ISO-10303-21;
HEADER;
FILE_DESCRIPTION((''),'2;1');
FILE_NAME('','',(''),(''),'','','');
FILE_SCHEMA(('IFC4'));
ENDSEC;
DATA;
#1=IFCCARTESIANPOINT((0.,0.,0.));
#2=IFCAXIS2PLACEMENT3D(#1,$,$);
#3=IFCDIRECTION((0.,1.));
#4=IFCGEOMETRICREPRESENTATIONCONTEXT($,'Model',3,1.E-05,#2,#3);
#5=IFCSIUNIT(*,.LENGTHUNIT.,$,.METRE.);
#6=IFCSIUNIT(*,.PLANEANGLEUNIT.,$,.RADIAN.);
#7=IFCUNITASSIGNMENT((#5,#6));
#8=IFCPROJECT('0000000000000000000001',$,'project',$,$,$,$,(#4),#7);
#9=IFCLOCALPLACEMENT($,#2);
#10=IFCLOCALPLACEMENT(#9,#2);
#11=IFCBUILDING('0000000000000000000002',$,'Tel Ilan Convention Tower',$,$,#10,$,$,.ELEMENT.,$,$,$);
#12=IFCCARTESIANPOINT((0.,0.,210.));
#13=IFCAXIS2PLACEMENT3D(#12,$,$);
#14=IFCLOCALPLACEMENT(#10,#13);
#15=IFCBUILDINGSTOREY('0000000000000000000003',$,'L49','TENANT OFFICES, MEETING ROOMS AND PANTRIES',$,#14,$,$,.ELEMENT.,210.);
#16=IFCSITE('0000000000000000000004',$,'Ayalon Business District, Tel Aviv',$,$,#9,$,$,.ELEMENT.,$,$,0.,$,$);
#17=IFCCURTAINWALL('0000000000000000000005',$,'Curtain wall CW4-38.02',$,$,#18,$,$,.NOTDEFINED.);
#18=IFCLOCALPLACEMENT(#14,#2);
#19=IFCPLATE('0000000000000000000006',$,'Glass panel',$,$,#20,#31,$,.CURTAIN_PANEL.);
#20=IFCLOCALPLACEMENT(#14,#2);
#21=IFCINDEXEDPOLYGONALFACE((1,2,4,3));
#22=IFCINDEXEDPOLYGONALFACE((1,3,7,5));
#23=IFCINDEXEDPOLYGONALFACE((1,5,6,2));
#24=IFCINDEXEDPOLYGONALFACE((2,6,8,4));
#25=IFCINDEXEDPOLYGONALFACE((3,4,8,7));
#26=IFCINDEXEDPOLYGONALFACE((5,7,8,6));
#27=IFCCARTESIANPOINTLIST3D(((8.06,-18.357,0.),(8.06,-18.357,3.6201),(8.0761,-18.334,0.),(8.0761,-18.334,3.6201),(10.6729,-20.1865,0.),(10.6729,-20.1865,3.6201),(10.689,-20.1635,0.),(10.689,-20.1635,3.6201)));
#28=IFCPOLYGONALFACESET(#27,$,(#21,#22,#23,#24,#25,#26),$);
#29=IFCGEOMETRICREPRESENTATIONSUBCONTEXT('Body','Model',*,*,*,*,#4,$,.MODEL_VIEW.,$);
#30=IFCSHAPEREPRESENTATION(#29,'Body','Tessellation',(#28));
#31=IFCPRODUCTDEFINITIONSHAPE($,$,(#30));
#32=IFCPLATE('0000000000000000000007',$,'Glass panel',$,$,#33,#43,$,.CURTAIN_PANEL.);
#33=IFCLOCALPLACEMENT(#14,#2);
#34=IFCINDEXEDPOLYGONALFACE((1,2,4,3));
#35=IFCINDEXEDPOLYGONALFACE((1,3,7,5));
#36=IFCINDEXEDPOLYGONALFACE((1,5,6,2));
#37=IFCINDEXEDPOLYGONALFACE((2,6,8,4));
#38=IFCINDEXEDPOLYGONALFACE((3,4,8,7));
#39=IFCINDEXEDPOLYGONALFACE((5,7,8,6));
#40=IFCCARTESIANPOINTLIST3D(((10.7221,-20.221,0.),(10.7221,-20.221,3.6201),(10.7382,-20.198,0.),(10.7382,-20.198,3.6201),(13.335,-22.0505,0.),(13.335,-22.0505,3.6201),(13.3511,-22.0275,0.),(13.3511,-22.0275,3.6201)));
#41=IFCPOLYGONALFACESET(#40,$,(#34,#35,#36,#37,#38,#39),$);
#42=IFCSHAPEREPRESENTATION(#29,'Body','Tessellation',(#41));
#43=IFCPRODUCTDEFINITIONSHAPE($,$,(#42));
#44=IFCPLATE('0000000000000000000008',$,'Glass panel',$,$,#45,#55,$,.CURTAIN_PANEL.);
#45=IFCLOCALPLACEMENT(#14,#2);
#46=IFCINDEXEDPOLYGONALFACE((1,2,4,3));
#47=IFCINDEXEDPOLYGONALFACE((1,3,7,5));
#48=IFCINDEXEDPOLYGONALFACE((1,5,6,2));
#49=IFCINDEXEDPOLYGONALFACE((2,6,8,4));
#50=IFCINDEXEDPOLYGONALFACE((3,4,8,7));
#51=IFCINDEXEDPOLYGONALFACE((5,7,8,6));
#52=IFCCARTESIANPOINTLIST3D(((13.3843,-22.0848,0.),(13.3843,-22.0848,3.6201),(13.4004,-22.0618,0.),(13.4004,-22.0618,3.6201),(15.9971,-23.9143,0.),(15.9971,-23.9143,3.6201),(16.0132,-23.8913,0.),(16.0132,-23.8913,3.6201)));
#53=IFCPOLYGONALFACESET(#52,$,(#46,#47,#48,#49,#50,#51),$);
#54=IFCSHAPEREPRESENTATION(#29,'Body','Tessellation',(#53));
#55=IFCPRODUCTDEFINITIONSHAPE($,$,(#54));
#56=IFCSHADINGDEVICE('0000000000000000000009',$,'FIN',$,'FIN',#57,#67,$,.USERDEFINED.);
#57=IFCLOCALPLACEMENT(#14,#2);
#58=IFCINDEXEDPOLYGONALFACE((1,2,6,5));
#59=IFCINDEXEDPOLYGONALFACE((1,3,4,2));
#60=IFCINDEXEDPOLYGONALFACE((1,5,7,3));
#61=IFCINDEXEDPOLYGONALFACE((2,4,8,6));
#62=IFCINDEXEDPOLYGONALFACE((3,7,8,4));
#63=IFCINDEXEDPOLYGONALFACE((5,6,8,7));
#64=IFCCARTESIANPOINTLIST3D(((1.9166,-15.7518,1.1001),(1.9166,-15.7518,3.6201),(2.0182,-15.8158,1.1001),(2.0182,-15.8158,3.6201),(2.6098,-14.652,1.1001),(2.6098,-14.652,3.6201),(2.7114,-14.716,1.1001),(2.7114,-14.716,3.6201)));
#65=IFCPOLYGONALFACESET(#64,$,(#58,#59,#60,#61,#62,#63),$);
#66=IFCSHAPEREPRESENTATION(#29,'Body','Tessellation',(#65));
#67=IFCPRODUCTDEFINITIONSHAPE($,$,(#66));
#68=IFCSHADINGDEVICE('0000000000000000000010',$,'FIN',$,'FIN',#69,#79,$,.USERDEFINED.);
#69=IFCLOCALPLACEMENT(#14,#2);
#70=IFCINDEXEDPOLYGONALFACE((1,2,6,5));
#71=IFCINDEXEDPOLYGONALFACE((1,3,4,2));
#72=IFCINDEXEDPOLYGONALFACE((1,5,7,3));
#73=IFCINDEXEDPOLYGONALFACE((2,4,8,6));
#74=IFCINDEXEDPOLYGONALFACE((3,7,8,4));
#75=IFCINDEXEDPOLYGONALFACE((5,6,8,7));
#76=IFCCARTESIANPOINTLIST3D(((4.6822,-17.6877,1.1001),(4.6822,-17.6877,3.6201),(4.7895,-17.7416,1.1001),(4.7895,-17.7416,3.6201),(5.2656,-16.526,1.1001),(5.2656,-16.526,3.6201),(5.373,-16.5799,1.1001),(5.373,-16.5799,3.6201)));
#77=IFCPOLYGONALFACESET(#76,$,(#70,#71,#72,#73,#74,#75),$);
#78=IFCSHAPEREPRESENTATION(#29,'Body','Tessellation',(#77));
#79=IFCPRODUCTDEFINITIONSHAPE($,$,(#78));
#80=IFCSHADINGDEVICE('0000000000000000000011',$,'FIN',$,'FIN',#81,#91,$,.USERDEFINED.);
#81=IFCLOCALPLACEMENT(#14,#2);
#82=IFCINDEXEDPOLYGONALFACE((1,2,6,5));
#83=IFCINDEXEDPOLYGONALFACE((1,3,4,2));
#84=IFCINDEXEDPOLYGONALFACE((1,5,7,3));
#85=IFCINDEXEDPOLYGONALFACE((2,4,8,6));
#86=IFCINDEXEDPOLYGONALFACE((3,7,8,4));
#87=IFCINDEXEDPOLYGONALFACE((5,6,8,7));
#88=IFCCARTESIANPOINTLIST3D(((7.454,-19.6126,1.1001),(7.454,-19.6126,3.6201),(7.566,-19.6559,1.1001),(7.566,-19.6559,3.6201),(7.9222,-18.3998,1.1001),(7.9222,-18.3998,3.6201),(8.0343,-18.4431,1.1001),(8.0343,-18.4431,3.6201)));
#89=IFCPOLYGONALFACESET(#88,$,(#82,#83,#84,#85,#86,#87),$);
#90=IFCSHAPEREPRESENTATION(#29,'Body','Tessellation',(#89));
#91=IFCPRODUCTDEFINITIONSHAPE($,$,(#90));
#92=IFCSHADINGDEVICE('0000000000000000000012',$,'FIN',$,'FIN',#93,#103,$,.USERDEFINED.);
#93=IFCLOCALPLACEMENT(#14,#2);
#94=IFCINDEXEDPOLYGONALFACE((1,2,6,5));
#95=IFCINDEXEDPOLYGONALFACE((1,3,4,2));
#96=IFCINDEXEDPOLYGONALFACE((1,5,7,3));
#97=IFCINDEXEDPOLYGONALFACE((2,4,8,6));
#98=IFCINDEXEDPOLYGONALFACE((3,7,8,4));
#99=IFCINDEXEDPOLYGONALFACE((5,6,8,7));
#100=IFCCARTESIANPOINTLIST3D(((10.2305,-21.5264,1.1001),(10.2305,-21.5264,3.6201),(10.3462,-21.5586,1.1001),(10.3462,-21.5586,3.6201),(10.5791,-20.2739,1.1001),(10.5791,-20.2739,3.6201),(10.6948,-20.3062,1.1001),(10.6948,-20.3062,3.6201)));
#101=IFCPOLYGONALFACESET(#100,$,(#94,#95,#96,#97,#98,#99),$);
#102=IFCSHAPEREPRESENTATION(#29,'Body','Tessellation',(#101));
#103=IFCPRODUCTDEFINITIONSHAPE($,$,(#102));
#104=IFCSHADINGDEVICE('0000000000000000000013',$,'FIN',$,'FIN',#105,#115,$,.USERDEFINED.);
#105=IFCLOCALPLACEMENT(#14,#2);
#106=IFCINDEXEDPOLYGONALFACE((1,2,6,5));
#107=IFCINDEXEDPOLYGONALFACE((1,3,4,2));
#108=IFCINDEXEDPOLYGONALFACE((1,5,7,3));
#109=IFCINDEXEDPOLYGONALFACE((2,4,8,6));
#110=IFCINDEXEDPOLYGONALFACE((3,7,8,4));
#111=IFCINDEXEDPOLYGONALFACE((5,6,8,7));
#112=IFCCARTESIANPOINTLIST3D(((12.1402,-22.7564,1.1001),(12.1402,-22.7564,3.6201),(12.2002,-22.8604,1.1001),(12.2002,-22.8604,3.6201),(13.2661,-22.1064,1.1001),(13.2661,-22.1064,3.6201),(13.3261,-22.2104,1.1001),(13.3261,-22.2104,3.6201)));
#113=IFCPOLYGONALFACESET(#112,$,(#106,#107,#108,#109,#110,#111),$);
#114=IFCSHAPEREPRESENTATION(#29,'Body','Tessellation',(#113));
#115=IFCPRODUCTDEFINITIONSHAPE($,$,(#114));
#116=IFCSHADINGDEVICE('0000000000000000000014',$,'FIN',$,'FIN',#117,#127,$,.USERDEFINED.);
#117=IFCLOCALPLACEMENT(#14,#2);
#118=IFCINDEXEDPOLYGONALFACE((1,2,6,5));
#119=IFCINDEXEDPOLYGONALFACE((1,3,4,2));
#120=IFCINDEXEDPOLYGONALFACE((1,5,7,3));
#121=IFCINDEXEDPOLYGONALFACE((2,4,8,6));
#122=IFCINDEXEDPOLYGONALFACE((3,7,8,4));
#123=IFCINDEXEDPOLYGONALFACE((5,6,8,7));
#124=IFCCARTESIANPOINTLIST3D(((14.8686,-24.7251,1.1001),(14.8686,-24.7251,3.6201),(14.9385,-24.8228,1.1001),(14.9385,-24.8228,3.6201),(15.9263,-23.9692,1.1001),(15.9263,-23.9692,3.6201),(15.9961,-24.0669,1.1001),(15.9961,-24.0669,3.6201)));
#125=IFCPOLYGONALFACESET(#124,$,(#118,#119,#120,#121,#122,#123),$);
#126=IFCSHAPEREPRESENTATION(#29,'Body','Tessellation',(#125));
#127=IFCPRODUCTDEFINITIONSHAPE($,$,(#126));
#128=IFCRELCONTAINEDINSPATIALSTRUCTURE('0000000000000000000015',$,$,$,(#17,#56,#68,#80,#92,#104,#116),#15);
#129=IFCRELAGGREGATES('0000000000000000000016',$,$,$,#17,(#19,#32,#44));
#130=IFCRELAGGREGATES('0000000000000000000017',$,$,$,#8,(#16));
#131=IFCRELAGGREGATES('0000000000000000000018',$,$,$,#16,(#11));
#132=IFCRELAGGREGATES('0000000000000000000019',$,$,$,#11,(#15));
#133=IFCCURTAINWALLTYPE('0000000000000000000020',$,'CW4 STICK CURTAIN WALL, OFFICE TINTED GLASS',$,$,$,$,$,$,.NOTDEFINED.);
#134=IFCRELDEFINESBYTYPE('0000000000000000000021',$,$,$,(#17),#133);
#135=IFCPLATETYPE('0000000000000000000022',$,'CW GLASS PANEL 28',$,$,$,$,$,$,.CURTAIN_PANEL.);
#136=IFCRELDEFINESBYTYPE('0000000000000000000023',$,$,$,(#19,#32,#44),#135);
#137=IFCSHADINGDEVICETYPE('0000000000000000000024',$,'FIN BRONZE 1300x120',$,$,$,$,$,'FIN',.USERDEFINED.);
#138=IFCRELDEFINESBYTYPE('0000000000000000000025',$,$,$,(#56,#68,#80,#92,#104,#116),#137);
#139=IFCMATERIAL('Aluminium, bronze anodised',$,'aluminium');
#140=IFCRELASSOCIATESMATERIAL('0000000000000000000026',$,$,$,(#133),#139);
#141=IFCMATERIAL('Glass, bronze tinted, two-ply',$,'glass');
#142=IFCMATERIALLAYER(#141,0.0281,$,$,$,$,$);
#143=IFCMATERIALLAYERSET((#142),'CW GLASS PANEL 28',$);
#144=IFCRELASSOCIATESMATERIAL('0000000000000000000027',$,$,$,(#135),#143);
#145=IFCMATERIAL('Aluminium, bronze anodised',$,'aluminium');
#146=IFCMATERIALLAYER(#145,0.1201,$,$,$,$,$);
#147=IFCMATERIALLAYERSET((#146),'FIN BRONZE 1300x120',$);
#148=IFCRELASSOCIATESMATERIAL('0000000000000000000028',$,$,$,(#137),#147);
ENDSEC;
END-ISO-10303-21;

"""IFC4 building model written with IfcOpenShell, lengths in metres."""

from ifc_helpers import new_model, si_unit, direction, frame, origin, origin_2d, place, context, subcontext, project, spatial, rectangle, extrude, material, layer, layer_set, type_object, element, aggregate, save


model = new_model("IFC4")

# Units and contexts
model_context = context("Model", 3, precision=1e-05, world=origin(), true_north=direction((0.0, 1.0)))
body_context = subcontext(model_context, "Body", "Model", "MODEL_VIEW")
ifc_project = project(units=[si_unit("LENGTHUNIT", "METRE"), si_unit("PLANEANGLEUNIT", "RADIAN")], contexts=[model_context])

# Site, building, storey
site_placement = place(None, origin())
site = spatial("IfcSite", under=ifc_project, at=site_placement, Name="Ayalon Business District, Tel Aviv", CompositionType="ELEMENT", RefElevation=0.0)
building_placement = place(site_placement, origin())
building = spatial("IfcBuilding", under=site, at=building_placement, Name="Tel Ilan Convention Tower", CompositionType="ELEMENT")
storey_placement = place(building_placement, frame((0.0, 0.0, 210.0)))
storey = spatial("IfcBuildingStorey", under=building, at=storey_placement, Name="L49", Description="TENANT OFFICES, MEETING ROOMS AND PANTRIES", CompositionType="ELEMENT", Elevation=210.0)

# Curtain wall, plates
ifc_material_1 = material(Name="Aluminium, bronze anodised", Category="aluminium")
curtain_wall_type = type_object("IfcCurtainWallType", Name="CW4 STICK CURTAIN WALL, OFFICE TINTED GLASS", PredefinedType="NOTDEFINED", material=ifc_material_1)
curtain_wall_placement = place(storey_placement, origin())
curtain_wall = element("IfcCurtainWall", 1, at=curtain_wall_placement, inside=storey, type_object=curtain_wall_type, Name="Curtain wall CW4-38.02", PredefinedType="NOTDEFINED")
ifc_material_2 = material(Name="Glass, bronze tinted, two-ply", Category="glass")
ifc_layer_1 = layer(ifc_material_2, 0.0281)
ifc_layer_set_1 = layer_set([ifc_layer_1], Name="CW GLASS PANEL 28")
plate_type = type_object("IfcPlateType", Name="CW GLASS PANEL 28", PredefinedType="CURTAIN_PANEL", material=ifc_layer_set_1)
plate_1_placement = place(storey_placement, frame((9.3745, -19.2603, 0.0), z_axis=(0.0, 0.0, 1.0), x_axis=(0.819152, -0.573576, 0.0)))
plate_1 = element("IfcPlate", 2, at=plate_1_placement, type_object=plate_type, Name="Glass panel", PredefinedType="CURTAIN_PANEL", context=body_context, shape_type="SweptSolid", body=[
    extrude(rectangle(XDim=3.1897, YDim=0.0281, at=origin_2d()), origin(), (0.0, 0.0, 1.0), 3.6201),
])
plate_2_placement = place(storey_placement, frame((12.0366, -21.1243, 0.0), z_axis=(0.0, 0.0, 1.0), x_axis=(0.819152, -0.573576, 0.0)))
plate_2 = element("IfcPlate", 3, at=plate_2_placement, type_object=plate_type, Name="Glass panel", PredefinedType="CURTAIN_PANEL", context=body_context, shape_type="SweptSolid", body=[
    extrude(rectangle(XDim=3.1897, YDim=0.0281, at=origin_2d()), origin(), (0.0, 0.0, 1.0), 3.6201),
])
plate_3_placement = place(storey_placement, frame((14.6987, -22.988, 0.0), z_axis=(0.0, 0.0, 1.0), x_axis=(0.819152, -0.573576, 0.0)))
plate_3 = element("IfcPlate", 4, at=plate_3_placement, type_object=plate_type, Name="Glass panel", PredefinedType="CURTAIN_PANEL", context=body_context, shape_type="SweptSolid", body=[
    extrude(rectangle(XDim=3.1897, YDim=0.0281, at=origin_2d()), origin(), (0.0, 0.0, 1.0), 3.6201),
])
aggregate(curtain_wall, [plate_1, plate_2, plate_3])

# Shading devices
ifc_material_3 = material(Name="Aluminium, bronze anodised", Category="aluminium")
ifc_layer_2 = layer(ifc_material_3, 0.1201)
ifc_layer_set_2 = layer_set([ifc_layer_2], Name="FIN BRONZE 1300x120")
shading_device_type = type_object("IfcShadingDeviceType", Name="FIN BRONZE 1300x120", ElementType="FIN", PredefinedType="USERDEFINED", material=ifc_layer_set_2)
for number, where, z_axis, x_axis, name in (
    (5, (2.314, -15.2339, 1.1001), (0.0, 0.0, 1.0), (-0.533204, -0.845986, 0.0), "FIN"),
    (6, (5.0276, -17.1338, 1.1001), (0.0, 0.0, 1.0), (-0.448799, -0.893633, 0.0), "FIN"),
    (7, (7.7441, -19.0278, 1.1001), (0.0, 0.0, 1.0), (-0.360178, -0.932884, 0.0), "FIN"),
    (8, (10.4626, -20.9163, 1.1001), (0.0, 0.0, 1.0), (-0.268173, -0.963371, 0.0), "FIN"),
    (9, (12.7332, -22.4834, 1.1001), (0.0, 0.0, 1.0), (-0.866025, -0.5, 0.0), "FIN"),
    (10, (15.4324, -24.396, 1.1001), (0.0, 0.0, 1.0), (-0.813552, -0.581492, 0.0), "FIN"),
):
    element("IfcShadingDevice", number, at=place(storey_placement, frame(where, z_axis=z_axis, x_axis=x_axis)), inside=storey, type_object=shading_device_type, Name=name, ObjectType="FIN", PredefinedType="USERDEFINED", context=body_context, shape_type="SweptSolid", body=[
        extrude(rectangle(XDim=1.3, YDim=0.1201, at=origin_2d()), origin(), (0.0, 0.0, 1.0), 2.52),
    ])

save(model, "model.ifc")
